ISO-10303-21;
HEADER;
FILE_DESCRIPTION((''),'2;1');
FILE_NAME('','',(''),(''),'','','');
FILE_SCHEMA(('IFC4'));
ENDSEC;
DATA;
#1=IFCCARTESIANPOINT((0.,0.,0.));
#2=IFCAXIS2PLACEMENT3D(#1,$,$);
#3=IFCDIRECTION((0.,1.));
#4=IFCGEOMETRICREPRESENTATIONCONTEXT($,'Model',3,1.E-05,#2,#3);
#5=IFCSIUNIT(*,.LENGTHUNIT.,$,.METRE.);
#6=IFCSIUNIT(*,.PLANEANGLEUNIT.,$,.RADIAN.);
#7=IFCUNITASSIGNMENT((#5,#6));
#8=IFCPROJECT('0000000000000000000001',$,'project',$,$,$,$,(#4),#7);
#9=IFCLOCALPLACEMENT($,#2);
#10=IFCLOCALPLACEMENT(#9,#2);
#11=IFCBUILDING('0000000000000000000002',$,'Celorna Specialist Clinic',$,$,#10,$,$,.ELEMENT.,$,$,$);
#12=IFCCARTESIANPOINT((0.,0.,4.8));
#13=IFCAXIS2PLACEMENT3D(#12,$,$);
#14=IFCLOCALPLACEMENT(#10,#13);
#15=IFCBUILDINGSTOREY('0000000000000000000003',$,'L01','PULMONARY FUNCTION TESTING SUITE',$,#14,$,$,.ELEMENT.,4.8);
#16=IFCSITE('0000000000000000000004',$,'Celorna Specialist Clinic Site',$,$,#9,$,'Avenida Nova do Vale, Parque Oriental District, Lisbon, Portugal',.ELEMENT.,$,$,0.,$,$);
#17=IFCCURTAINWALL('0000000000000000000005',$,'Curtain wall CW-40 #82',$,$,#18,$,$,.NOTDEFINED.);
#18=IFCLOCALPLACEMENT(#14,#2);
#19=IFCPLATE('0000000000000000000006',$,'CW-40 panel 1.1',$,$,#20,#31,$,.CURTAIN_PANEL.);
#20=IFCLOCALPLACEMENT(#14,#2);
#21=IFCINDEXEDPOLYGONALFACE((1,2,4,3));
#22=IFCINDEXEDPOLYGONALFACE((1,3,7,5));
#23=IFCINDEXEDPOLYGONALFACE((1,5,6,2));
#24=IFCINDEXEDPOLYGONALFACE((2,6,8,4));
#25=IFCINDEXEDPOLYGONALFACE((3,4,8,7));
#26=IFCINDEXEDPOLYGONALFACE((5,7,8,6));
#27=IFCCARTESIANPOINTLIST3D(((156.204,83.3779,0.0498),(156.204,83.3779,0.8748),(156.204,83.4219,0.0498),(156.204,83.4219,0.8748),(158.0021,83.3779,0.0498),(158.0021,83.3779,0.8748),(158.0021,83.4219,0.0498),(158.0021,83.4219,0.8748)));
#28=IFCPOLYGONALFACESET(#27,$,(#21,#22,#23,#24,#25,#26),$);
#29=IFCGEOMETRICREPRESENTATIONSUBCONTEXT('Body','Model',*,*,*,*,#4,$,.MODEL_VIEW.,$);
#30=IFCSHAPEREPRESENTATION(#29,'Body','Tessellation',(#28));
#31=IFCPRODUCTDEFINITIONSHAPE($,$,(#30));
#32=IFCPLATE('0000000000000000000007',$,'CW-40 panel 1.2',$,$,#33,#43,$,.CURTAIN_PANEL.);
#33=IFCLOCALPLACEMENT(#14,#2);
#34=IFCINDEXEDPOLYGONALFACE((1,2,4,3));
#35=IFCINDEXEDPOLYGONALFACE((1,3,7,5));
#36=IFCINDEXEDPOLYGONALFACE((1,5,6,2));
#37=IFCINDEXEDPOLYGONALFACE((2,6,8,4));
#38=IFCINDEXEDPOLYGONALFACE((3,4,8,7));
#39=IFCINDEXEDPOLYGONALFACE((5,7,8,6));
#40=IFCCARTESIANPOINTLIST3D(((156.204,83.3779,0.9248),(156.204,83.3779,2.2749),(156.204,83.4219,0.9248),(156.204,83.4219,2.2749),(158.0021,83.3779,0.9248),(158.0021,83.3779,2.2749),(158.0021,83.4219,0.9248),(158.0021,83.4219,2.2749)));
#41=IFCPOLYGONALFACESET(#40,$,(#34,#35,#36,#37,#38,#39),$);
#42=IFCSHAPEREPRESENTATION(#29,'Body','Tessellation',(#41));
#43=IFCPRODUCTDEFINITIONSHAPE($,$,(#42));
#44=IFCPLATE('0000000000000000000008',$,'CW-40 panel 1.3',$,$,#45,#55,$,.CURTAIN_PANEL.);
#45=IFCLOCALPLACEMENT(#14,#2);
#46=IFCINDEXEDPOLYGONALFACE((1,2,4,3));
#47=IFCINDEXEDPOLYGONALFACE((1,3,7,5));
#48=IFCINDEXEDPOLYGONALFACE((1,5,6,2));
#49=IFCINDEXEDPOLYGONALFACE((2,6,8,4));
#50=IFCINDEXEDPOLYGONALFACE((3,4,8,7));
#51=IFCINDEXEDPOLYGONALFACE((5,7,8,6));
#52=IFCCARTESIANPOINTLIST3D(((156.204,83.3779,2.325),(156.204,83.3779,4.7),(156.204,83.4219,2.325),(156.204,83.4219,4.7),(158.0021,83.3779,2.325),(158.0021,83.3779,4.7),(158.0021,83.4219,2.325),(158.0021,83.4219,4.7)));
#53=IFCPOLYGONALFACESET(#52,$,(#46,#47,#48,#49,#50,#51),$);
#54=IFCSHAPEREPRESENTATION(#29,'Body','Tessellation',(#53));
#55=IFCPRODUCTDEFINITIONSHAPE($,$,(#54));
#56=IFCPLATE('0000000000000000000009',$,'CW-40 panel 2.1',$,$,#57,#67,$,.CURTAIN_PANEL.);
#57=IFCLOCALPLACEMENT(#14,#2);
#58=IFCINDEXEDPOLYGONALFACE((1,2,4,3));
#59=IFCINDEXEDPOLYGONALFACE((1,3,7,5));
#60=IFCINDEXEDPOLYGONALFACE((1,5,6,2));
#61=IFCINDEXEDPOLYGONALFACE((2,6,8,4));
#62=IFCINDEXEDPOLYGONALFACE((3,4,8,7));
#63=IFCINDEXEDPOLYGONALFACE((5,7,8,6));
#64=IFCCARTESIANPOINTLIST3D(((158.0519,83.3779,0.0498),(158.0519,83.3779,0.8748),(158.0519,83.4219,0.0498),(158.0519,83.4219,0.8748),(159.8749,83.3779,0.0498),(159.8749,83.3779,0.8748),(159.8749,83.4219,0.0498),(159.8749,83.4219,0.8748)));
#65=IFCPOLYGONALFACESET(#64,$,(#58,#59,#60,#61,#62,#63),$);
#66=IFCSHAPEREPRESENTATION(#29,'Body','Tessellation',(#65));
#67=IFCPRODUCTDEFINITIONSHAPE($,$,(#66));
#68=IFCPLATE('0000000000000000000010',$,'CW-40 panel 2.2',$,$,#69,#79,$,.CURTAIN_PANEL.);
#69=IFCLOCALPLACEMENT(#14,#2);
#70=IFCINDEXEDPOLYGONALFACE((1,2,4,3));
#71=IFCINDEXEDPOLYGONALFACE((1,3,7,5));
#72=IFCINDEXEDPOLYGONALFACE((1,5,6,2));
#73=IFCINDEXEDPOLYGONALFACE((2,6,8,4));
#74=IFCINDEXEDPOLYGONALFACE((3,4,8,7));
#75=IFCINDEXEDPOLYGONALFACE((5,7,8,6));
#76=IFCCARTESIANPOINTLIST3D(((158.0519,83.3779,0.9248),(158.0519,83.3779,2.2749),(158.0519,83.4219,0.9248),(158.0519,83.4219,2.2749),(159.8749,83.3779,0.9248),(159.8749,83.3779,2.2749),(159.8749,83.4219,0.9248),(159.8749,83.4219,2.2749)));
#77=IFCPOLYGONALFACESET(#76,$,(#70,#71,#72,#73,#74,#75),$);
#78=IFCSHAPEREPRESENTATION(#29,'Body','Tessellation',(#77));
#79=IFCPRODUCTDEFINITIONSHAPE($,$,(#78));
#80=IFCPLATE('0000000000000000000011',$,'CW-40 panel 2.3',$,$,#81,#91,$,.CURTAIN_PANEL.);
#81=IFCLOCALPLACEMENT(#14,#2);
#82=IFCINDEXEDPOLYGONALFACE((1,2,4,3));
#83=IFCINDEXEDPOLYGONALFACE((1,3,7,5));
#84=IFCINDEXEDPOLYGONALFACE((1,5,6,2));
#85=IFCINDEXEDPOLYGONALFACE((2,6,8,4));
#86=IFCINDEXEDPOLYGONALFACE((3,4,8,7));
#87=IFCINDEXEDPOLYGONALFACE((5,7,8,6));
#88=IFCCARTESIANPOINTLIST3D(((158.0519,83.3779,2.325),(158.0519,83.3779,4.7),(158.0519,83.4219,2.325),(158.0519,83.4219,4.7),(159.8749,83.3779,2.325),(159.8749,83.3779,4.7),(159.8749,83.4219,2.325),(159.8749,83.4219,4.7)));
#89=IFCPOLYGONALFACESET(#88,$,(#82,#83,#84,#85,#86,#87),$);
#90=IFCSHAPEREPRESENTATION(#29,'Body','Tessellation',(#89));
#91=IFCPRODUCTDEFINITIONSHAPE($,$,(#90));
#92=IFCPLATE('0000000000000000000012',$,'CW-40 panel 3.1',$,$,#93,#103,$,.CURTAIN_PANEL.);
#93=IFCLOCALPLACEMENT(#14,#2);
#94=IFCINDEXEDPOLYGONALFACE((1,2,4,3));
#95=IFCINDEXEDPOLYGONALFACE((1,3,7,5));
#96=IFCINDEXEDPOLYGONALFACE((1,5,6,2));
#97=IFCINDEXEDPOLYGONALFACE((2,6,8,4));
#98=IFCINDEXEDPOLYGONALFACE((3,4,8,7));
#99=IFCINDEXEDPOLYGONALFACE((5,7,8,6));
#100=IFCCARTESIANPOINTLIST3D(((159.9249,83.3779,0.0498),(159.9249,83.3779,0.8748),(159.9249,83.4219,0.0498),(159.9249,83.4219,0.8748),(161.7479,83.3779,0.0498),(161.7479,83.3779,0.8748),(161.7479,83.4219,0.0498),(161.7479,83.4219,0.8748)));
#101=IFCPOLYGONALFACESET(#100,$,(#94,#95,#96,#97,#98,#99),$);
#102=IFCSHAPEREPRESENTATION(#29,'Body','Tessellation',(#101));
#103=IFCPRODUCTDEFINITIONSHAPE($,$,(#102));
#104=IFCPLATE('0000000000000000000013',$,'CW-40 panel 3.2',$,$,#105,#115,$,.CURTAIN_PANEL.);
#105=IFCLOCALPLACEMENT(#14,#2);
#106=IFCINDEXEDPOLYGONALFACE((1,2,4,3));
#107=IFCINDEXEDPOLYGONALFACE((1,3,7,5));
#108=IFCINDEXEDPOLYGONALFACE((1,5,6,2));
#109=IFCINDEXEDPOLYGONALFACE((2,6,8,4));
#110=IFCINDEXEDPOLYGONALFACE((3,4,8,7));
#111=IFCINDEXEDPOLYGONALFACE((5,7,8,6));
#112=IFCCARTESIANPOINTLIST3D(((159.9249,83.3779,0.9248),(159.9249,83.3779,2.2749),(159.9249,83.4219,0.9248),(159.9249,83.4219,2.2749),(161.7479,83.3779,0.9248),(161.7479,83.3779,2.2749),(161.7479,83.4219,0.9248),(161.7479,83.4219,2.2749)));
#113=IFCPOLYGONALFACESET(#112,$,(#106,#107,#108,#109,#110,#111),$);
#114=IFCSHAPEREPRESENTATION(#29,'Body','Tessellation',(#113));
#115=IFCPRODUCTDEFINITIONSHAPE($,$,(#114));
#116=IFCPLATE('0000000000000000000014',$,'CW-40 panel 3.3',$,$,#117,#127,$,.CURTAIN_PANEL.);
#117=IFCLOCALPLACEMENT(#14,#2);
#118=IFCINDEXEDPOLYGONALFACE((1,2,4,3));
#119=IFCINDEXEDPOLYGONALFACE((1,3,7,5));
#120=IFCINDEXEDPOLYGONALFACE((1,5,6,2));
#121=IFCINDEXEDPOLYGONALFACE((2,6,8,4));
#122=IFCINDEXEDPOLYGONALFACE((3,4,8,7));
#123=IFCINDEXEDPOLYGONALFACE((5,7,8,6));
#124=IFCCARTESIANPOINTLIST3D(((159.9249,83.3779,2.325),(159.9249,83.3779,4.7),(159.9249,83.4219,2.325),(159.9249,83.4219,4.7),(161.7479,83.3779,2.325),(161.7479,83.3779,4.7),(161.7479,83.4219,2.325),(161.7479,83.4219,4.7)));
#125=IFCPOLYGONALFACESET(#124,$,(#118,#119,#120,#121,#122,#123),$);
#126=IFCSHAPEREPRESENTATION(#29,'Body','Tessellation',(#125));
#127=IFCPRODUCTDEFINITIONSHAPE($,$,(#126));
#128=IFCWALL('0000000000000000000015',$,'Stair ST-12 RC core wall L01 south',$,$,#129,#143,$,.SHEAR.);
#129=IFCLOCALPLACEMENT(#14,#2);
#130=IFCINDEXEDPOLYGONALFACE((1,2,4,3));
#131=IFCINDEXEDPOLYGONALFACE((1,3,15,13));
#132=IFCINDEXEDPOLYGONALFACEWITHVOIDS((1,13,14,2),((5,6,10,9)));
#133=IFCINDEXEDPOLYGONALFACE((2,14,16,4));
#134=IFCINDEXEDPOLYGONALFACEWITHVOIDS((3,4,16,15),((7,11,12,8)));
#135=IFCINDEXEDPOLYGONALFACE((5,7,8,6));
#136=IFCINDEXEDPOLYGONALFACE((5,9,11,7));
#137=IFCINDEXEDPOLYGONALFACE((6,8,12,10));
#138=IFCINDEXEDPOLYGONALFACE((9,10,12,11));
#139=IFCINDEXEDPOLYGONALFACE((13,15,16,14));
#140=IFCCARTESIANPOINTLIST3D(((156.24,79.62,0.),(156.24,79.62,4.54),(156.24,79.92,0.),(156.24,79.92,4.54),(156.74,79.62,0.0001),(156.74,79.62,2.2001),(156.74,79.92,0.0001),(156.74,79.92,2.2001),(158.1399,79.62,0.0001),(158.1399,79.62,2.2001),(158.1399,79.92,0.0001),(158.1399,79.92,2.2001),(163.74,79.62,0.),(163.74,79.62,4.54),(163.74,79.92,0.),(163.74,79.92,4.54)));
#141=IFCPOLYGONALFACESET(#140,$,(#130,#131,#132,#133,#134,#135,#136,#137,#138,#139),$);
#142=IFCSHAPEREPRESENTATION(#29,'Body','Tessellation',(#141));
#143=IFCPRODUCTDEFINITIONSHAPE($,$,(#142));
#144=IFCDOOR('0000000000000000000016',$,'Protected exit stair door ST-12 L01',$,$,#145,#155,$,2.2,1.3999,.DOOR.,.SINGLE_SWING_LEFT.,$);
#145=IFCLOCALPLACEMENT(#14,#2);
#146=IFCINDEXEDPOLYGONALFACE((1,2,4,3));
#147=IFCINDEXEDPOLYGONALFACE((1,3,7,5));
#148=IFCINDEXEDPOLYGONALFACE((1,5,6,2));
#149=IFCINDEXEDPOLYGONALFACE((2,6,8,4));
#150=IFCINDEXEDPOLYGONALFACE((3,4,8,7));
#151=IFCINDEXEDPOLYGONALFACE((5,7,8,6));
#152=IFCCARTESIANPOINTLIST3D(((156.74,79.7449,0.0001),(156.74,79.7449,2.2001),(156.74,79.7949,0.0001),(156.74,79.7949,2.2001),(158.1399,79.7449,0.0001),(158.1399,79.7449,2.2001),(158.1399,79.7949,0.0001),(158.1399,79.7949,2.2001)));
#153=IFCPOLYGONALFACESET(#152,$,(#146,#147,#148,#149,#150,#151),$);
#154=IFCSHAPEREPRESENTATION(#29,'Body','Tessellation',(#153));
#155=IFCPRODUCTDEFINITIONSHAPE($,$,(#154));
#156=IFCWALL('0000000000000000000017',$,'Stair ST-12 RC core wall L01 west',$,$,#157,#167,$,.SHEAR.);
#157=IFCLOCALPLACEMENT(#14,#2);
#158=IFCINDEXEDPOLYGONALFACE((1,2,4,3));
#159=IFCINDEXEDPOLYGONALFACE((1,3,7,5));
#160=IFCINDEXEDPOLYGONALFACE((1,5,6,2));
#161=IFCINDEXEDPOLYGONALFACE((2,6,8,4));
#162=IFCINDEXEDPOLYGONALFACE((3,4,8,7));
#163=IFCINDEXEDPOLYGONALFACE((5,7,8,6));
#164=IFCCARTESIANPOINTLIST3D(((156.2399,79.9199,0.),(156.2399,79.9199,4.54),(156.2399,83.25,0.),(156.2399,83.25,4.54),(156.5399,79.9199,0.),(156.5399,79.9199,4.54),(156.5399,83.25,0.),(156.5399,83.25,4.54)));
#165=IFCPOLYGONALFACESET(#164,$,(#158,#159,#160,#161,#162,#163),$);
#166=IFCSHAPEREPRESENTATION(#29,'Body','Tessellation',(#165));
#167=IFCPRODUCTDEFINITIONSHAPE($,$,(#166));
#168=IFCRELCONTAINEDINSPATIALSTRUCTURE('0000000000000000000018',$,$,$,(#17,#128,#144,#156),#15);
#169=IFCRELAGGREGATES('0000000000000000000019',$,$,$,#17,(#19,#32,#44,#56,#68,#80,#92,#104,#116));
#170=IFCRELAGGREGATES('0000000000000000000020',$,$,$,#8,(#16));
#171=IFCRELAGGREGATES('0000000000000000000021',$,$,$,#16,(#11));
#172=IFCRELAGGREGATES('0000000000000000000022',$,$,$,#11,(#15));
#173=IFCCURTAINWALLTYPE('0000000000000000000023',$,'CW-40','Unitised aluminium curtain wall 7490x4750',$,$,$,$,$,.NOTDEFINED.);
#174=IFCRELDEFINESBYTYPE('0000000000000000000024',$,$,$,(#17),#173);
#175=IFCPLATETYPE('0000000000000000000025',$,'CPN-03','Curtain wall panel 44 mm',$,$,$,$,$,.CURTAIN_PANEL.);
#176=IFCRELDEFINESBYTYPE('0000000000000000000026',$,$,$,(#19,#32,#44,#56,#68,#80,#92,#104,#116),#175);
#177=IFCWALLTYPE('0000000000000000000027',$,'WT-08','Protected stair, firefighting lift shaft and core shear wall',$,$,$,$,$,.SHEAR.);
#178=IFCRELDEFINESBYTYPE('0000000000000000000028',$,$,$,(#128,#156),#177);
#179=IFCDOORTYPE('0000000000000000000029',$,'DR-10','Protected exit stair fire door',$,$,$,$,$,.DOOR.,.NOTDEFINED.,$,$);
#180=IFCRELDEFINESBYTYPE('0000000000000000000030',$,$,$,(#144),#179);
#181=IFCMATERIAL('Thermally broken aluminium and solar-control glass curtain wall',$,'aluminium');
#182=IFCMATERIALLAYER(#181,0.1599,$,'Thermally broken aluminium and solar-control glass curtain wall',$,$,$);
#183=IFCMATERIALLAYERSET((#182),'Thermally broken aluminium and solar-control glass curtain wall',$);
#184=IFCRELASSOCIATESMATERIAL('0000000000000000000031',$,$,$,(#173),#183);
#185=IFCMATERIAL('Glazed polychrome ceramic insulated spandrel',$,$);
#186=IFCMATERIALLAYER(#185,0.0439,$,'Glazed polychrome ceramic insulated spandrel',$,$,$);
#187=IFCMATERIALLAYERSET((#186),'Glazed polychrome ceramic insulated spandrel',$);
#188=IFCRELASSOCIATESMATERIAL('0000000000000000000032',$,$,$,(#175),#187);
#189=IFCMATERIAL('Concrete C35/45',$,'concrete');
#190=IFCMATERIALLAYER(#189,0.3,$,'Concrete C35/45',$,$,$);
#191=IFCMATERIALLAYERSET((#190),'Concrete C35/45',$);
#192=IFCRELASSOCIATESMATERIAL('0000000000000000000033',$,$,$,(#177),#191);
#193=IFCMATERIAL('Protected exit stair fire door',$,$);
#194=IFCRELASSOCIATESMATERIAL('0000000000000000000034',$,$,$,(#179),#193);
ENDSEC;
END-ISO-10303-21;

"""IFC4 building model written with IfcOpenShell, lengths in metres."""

from ifc_helpers import new_model, si_unit, direction, frame, frame_2d, origin, origin_2d, place, context, subcontext, project, spatial, rectangle, extrude, material, layer, layer_set, type_object, element, fill, aggregate, save


model = new_model("IFC4")

# Units and contexts
model_context = context("Model", 3, precision=1e-05, world=origin(), true_north=direction((0.0, 1.0)))
body_context = subcontext(model_context, "Body", "Model", "MODEL_VIEW")
ifc_project = project(units=[si_unit("LENGTHUNIT", "METRE"), si_unit("PLANEANGLEUNIT", "RADIAN")], contexts=[model_context])

# Site, building, storey
site_placement = place(None, origin())
site = spatial("IfcSite", under=ifc_project, at=site_placement, Name="Celorna Specialist Clinic Site", LongName="Avenida Nova do Vale, Parque Oriental District, Lisbon, Portugal", CompositionType="ELEMENT", RefElevation=0.0)
building_placement = place(site_placement, origin())
building = spatial("IfcBuilding", under=site, at=building_placement, Name="Celorna Specialist Clinic", CompositionType="ELEMENT")
storey_placement = place(building_placement, frame((0.0, 0.0, 4.8)))
storey = spatial("IfcBuildingStorey", under=building, at=storey_placement, Name="L01", Description="PULMONARY FUNCTION TESTING SUITE", CompositionType="ELEMENT", Elevation=4.8)

# Shared definitions
ifc_material_1 = material(Name="Concrete C35/45", Category="concrete")

# Shared definitions
ifc_material_2 = material(Name="Thermally broken aluminium and solar-control glass curtain wall", Category="aluminium")

# Curtain wall
ifc_layer_1 = layer(ifc_material_2, 0.1599, Name="Thermally broken aluminium and solar-control glass curtain wall")
ifc_layer_set_1 = layer_set([ifc_layer_1], Name="Thermally broken aluminium and solar-control glass curtain wall")
curtain_wall_type_1 = type_object("IfcCurtainWallType", Name="CW-40", Description="Unitised aluminium curtain wall 7490x4750", PredefinedType="NOTDEFINED", material=ifc_layer_set_1)
curtain_wall_1_placement = place(storey_placement, origin())
curtain_wall_1 = element("IfcCurtainWall", 1, at=curtain_wall_1_placement, inside=storey, type_object=curtain_wall_type_1, Name="Curtain wall CW-40 #82", PredefinedType="NOTDEFINED")

# Plates
ifc_material_3 = material(Name="Glazed polychrome ceramic insulated spandrel")
ifc_layer_2 = layer(ifc_material_3, 0.0439, Name="Glazed polychrome ceramic insulated spandrel")
ifc_layer_set_2 = layer_set([ifc_layer_2], Name="Glazed polychrome ceramic insulated spandrel")
plate_type_1 = type_object("IfcPlateType", Name="CPN-03", Description="Curtain wall panel 44 mm", PredefinedType="CURTAIN_PANEL", material=ifc_layer_set_2)
plate_1_placement = place(storey_placement, frame((157.103, 83.3999, 0.0498), z_axis=(0.0, 0.0, 1.0), x_axis=(1.0, 0.0, 0.0)))
plate_1 = element("IfcPlate", 2, at=plate_1_placement, type_object=plate_type_1, Name="CW-40 panel 1.1", PredefinedType="CURTAIN_PANEL", context=body_context, shape_type="SweptSolid", body=[
    extrude(rectangle(XDim=1.7981, YDim=0.0439, at=origin_2d()), origin(), (0.0, 0.0, 1.0), 0.825),
])
plate_2_placement = place(storey_placement, frame((157.103, 83.3999, 0.9248), z_axis=(0.0, 0.0, 1.0), x_axis=(1.0, 0.0, 0.0)))
plate_2 = element("IfcPlate", 3, at=plate_2_placement, type_object=plate_type_1, Name="CW-40 panel 1.2", PredefinedType="CURTAIN_PANEL", context=body_context, shape_type="SweptSolid", body=[
    extrude(rectangle(XDim=1.7981, YDim=0.0439, at=origin_2d()), origin(), (0.0, 0.0, 1.0), 1.3501),
])
plate_3_placement = place(storey_placement, frame((157.103, 83.3999, 2.325), z_axis=(0.0, 0.0, 1.0), x_axis=(1.0, 0.0, 0.0)))
plate_3 = element("IfcPlate", 4, at=plate_3_placement, type_object=plate_type_1, Name="CW-40 panel 1.3", PredefinedType="CURTAIN_PANEL", context=body_context, shape_type="SweptSolid", body=[
    extrude(rectangle(XDim=1.7981, YDim=0.0439, at=origin_2d()), origin(), (0.0, 0.0, 1.0), 2.375),
])
plate_4_placement = place(storey_placement, frame((158.9634, 83.3999, 0.0498), z_axis=(0.0, 0.0, 1.0), x_axis=(1.0, 0.0, 0.0)))
plate_4 = element("IfcPlate", 5, at=plate_4_placement, type_object=plate_type_1, Name="CW-40 panel 2.1", PredefinedType="CURTAIN_PANEL", context=body_context, shape_type="SweptSolid", body=[
    extrude(rectangle(XDim=1.823, YDim=0.0439, at=origin_2d()), origin(), (0.0, 0.0, 1.0), 0.825),
])
plate_5_placement = place(storey_placement, frame((158.9634, 83.3999, 0.9248), z_axis=(0.0, 0.0, 1.0), x_axis=(1.0, 0.0, 0.0)))
plate_5 = element("IfcPlate", 6, at=plate_5_placement, type_object=plate_type_1, Name="CW-40 panel 2.2", PredefinedType="CURTAIN_PANEL", context=body_context, shape_type="SweptSolid", body=[
    extrude(rectangle(XDim=1.823, YDim=0.0439, at=origin_2d()), origin(), (0.0, 0.0, 1.0), 1.3501),
])
plate_6_placement = place(storey_placement, frame((158.9634, 83.3999, 2.325), z_axis=(0.0, 0.0, 1.0), x_axis=(1.0, 0.0, 0.0)))
plate_6 = element("IfcPlate", 7, at=plate_6_placement, type_object=plate_type_1, Name="CW-40 panel 2.3", PredefinedType="CURTAIN_PANEL", context=body_context, shape_type="SweptSolid", body=[
    extrude(rectangle(XDim=1.823, YDim=0.0439, at=origin_2d()), origin(), (0.0, 0.0, 1.0), 2.375),
])
plate_7_placement = place(storey_placement, frame((160.8364, 83.3999, 0.0498), z_axis=(0.0, 0.0, 1.0), x_axis=(1.0, 0.0, 0.0)))
plate_7 = element("IfcPlate", 8, at=plate_7_placement, type_object=plate_type_1, Name="CW-40 panel 3.1", PredefinedType="CURTAIN_PANEL", context=body_context, shape_type="SweptSolid", body=[
    extrude(rectangle(XDim=1.823, YDim=0.0439, at=origin_2d()), origin(), (0.0, 0.0, 1.0), 0.825),
])
plate_8_placement = place(storey_placement, frame((160.8364, 83.3999, 0.9248), z_axis=(0.0, 0.0, 1.0), x_axis=(1.0, 0.0, 0.0)))
plate_8 = element("IfcPlate", 9, at=plate_8_placement, type_object=plate_type_1, Name="CW-40 panel 3.2", PredefinedType="CURTAIN_PANEL", context=body_context, shape_type="SweptSolid", body=[
    extrude(rectangle(XDim=1.823, YDim=0.0439, at=origin_2d()), origin(), (0.0, 0.0, 1.0), 1.3501),
])
plate_9_placement = place(storey_placement, frame((160.8364, 83.3999, 2.325), z_axis=(0.0, 0.0, 1.0), x_axis=(1.0, 0.0, 0.0)))
plate_9 = element("IfcPlate", 10, at=plate_9_placement, type_object=plate_type_1, Name="CW-40 panel 3.3", PredefinedType="CURTAIN_PANEL", context=body_context, shape_type="SweptSolid", body=[
    extrude(rectangle(XDim=1.823, YDim=0.0439, at=origin_2d()), origin(), (0.0, 0.0, 1.0), 2.375),
])
aggregate(curtain_wall_1, [plate_1, plate_2, plate_3, plate_4, plate_5, plate_6, plate_7, plate_8, plate_9])

# Wall, opening, door
ifc_layer_3 = layer(ifc_material_1, 0.3, Name="Concrete C35/45")
ifc_layer_set_3 = layer_set([ifc_layer_3], Name="Concrete C35/45")
wall_type = type_object("IfcWallType", Name="WT-08", Description="Protected stair, firefighting lift shaft and core shear wall", PredefinedType="SHEAR", material=ifc_layer_set_3)
wall_1_placement = place(storey_placement, frame((156.24, 79.77, 0.0), z_axis=(0.0, 0.0, 1.0), x_axis=(1.0, 0.0, 0.0)))
wall_1 = element("IfcWall", 11, at=wall_1_placement, inside=storey, type_object=wall_type, Name="Stair ST-12 RC core wall L01 south", PredefinedType="SHEAR", context=body_context, shape_type="SweptSolid", body=[
    extrude(rectangle(XDim=7.5, YDim=0.3, at=frame_2d((3.75, 0.0))), origin(), (0.0, 0.0, 1.0), 4.54),
])
opening_placement = place(wall_1_placement, frame((0.5, 0.0, 0.0)))
opening = element("IfcOpeningElement", 12, at=opening_placement, cuts=wall_1, PredefinedType="OPENING", context=body_context, shape_type="SweptSolid", body=[
    extrude(rectangle(XDim=1.3999, YDim=2.2, at=frame_2d((0.7, 1.1001))), frame((0.0, 0.1599, 0.0), z_axis=(0.0, -1.0, 0.0), x_axis=(1.0, 0.0, 0.0)), (0.0, 0.0, 1.0), 0.3201),
])
ifc_material_4 = material(Name="Protected exit stair fire door")
door_type = type_object("IfcDoorType", Name="DR-10", Description="Protected exit stair fire door", OperationType="NOTDEFINED", PredefinedType="DOOR", material=ifc_material_4)
door_placement = place(opening_placement, origin())
door = element("IfcDoor", 13, at=door_placement, inside=storey, type_object=door_type, Name="Protected exit stair door ST-12 L01", OperationType="SINGLE_SWING_LEFT", OverallHeight=2.2, OverallWidth=1.3999, PredefinedType="DOOR", context=body_context, shape_type="SweptSolid", body=[
    extrude(rectangle(XDim=1.3999, YDim=2.2, at=frame_2d((0.7, 1.1001))), frame((0.0, 0.0249, 0.0), z_axis=(0.0, -1.0, 0.0), x_axis=(1.0, 0.0, 0.0)), (0.0, 0.0, 1.0), 0.05),
])
fill(opening, door)

# Wall
wall_2_placement = place(storey_placement, frame((156.3899, 83.25, 0.0), z_axis=(0.0, 0.0, 1.0), x_axis=(0.0, -1.0, 0.0)))
element("IfcWall", 14, at=wall_2_placement, inside=storey, type_object=wall_type, Name="Stair ST-12 RC core wall L01 west", PredefinedType="SHEAR", context=body_context, shape_type="SweptSolid", body=[
    extrude(rectangle(XDim=3.3301, YDim=0.3, at=frame_2d((1.665, 0.0))), origin(), (0.0, 0.0, 1.0), 4.54),
])

save(model, "model.ifc")
